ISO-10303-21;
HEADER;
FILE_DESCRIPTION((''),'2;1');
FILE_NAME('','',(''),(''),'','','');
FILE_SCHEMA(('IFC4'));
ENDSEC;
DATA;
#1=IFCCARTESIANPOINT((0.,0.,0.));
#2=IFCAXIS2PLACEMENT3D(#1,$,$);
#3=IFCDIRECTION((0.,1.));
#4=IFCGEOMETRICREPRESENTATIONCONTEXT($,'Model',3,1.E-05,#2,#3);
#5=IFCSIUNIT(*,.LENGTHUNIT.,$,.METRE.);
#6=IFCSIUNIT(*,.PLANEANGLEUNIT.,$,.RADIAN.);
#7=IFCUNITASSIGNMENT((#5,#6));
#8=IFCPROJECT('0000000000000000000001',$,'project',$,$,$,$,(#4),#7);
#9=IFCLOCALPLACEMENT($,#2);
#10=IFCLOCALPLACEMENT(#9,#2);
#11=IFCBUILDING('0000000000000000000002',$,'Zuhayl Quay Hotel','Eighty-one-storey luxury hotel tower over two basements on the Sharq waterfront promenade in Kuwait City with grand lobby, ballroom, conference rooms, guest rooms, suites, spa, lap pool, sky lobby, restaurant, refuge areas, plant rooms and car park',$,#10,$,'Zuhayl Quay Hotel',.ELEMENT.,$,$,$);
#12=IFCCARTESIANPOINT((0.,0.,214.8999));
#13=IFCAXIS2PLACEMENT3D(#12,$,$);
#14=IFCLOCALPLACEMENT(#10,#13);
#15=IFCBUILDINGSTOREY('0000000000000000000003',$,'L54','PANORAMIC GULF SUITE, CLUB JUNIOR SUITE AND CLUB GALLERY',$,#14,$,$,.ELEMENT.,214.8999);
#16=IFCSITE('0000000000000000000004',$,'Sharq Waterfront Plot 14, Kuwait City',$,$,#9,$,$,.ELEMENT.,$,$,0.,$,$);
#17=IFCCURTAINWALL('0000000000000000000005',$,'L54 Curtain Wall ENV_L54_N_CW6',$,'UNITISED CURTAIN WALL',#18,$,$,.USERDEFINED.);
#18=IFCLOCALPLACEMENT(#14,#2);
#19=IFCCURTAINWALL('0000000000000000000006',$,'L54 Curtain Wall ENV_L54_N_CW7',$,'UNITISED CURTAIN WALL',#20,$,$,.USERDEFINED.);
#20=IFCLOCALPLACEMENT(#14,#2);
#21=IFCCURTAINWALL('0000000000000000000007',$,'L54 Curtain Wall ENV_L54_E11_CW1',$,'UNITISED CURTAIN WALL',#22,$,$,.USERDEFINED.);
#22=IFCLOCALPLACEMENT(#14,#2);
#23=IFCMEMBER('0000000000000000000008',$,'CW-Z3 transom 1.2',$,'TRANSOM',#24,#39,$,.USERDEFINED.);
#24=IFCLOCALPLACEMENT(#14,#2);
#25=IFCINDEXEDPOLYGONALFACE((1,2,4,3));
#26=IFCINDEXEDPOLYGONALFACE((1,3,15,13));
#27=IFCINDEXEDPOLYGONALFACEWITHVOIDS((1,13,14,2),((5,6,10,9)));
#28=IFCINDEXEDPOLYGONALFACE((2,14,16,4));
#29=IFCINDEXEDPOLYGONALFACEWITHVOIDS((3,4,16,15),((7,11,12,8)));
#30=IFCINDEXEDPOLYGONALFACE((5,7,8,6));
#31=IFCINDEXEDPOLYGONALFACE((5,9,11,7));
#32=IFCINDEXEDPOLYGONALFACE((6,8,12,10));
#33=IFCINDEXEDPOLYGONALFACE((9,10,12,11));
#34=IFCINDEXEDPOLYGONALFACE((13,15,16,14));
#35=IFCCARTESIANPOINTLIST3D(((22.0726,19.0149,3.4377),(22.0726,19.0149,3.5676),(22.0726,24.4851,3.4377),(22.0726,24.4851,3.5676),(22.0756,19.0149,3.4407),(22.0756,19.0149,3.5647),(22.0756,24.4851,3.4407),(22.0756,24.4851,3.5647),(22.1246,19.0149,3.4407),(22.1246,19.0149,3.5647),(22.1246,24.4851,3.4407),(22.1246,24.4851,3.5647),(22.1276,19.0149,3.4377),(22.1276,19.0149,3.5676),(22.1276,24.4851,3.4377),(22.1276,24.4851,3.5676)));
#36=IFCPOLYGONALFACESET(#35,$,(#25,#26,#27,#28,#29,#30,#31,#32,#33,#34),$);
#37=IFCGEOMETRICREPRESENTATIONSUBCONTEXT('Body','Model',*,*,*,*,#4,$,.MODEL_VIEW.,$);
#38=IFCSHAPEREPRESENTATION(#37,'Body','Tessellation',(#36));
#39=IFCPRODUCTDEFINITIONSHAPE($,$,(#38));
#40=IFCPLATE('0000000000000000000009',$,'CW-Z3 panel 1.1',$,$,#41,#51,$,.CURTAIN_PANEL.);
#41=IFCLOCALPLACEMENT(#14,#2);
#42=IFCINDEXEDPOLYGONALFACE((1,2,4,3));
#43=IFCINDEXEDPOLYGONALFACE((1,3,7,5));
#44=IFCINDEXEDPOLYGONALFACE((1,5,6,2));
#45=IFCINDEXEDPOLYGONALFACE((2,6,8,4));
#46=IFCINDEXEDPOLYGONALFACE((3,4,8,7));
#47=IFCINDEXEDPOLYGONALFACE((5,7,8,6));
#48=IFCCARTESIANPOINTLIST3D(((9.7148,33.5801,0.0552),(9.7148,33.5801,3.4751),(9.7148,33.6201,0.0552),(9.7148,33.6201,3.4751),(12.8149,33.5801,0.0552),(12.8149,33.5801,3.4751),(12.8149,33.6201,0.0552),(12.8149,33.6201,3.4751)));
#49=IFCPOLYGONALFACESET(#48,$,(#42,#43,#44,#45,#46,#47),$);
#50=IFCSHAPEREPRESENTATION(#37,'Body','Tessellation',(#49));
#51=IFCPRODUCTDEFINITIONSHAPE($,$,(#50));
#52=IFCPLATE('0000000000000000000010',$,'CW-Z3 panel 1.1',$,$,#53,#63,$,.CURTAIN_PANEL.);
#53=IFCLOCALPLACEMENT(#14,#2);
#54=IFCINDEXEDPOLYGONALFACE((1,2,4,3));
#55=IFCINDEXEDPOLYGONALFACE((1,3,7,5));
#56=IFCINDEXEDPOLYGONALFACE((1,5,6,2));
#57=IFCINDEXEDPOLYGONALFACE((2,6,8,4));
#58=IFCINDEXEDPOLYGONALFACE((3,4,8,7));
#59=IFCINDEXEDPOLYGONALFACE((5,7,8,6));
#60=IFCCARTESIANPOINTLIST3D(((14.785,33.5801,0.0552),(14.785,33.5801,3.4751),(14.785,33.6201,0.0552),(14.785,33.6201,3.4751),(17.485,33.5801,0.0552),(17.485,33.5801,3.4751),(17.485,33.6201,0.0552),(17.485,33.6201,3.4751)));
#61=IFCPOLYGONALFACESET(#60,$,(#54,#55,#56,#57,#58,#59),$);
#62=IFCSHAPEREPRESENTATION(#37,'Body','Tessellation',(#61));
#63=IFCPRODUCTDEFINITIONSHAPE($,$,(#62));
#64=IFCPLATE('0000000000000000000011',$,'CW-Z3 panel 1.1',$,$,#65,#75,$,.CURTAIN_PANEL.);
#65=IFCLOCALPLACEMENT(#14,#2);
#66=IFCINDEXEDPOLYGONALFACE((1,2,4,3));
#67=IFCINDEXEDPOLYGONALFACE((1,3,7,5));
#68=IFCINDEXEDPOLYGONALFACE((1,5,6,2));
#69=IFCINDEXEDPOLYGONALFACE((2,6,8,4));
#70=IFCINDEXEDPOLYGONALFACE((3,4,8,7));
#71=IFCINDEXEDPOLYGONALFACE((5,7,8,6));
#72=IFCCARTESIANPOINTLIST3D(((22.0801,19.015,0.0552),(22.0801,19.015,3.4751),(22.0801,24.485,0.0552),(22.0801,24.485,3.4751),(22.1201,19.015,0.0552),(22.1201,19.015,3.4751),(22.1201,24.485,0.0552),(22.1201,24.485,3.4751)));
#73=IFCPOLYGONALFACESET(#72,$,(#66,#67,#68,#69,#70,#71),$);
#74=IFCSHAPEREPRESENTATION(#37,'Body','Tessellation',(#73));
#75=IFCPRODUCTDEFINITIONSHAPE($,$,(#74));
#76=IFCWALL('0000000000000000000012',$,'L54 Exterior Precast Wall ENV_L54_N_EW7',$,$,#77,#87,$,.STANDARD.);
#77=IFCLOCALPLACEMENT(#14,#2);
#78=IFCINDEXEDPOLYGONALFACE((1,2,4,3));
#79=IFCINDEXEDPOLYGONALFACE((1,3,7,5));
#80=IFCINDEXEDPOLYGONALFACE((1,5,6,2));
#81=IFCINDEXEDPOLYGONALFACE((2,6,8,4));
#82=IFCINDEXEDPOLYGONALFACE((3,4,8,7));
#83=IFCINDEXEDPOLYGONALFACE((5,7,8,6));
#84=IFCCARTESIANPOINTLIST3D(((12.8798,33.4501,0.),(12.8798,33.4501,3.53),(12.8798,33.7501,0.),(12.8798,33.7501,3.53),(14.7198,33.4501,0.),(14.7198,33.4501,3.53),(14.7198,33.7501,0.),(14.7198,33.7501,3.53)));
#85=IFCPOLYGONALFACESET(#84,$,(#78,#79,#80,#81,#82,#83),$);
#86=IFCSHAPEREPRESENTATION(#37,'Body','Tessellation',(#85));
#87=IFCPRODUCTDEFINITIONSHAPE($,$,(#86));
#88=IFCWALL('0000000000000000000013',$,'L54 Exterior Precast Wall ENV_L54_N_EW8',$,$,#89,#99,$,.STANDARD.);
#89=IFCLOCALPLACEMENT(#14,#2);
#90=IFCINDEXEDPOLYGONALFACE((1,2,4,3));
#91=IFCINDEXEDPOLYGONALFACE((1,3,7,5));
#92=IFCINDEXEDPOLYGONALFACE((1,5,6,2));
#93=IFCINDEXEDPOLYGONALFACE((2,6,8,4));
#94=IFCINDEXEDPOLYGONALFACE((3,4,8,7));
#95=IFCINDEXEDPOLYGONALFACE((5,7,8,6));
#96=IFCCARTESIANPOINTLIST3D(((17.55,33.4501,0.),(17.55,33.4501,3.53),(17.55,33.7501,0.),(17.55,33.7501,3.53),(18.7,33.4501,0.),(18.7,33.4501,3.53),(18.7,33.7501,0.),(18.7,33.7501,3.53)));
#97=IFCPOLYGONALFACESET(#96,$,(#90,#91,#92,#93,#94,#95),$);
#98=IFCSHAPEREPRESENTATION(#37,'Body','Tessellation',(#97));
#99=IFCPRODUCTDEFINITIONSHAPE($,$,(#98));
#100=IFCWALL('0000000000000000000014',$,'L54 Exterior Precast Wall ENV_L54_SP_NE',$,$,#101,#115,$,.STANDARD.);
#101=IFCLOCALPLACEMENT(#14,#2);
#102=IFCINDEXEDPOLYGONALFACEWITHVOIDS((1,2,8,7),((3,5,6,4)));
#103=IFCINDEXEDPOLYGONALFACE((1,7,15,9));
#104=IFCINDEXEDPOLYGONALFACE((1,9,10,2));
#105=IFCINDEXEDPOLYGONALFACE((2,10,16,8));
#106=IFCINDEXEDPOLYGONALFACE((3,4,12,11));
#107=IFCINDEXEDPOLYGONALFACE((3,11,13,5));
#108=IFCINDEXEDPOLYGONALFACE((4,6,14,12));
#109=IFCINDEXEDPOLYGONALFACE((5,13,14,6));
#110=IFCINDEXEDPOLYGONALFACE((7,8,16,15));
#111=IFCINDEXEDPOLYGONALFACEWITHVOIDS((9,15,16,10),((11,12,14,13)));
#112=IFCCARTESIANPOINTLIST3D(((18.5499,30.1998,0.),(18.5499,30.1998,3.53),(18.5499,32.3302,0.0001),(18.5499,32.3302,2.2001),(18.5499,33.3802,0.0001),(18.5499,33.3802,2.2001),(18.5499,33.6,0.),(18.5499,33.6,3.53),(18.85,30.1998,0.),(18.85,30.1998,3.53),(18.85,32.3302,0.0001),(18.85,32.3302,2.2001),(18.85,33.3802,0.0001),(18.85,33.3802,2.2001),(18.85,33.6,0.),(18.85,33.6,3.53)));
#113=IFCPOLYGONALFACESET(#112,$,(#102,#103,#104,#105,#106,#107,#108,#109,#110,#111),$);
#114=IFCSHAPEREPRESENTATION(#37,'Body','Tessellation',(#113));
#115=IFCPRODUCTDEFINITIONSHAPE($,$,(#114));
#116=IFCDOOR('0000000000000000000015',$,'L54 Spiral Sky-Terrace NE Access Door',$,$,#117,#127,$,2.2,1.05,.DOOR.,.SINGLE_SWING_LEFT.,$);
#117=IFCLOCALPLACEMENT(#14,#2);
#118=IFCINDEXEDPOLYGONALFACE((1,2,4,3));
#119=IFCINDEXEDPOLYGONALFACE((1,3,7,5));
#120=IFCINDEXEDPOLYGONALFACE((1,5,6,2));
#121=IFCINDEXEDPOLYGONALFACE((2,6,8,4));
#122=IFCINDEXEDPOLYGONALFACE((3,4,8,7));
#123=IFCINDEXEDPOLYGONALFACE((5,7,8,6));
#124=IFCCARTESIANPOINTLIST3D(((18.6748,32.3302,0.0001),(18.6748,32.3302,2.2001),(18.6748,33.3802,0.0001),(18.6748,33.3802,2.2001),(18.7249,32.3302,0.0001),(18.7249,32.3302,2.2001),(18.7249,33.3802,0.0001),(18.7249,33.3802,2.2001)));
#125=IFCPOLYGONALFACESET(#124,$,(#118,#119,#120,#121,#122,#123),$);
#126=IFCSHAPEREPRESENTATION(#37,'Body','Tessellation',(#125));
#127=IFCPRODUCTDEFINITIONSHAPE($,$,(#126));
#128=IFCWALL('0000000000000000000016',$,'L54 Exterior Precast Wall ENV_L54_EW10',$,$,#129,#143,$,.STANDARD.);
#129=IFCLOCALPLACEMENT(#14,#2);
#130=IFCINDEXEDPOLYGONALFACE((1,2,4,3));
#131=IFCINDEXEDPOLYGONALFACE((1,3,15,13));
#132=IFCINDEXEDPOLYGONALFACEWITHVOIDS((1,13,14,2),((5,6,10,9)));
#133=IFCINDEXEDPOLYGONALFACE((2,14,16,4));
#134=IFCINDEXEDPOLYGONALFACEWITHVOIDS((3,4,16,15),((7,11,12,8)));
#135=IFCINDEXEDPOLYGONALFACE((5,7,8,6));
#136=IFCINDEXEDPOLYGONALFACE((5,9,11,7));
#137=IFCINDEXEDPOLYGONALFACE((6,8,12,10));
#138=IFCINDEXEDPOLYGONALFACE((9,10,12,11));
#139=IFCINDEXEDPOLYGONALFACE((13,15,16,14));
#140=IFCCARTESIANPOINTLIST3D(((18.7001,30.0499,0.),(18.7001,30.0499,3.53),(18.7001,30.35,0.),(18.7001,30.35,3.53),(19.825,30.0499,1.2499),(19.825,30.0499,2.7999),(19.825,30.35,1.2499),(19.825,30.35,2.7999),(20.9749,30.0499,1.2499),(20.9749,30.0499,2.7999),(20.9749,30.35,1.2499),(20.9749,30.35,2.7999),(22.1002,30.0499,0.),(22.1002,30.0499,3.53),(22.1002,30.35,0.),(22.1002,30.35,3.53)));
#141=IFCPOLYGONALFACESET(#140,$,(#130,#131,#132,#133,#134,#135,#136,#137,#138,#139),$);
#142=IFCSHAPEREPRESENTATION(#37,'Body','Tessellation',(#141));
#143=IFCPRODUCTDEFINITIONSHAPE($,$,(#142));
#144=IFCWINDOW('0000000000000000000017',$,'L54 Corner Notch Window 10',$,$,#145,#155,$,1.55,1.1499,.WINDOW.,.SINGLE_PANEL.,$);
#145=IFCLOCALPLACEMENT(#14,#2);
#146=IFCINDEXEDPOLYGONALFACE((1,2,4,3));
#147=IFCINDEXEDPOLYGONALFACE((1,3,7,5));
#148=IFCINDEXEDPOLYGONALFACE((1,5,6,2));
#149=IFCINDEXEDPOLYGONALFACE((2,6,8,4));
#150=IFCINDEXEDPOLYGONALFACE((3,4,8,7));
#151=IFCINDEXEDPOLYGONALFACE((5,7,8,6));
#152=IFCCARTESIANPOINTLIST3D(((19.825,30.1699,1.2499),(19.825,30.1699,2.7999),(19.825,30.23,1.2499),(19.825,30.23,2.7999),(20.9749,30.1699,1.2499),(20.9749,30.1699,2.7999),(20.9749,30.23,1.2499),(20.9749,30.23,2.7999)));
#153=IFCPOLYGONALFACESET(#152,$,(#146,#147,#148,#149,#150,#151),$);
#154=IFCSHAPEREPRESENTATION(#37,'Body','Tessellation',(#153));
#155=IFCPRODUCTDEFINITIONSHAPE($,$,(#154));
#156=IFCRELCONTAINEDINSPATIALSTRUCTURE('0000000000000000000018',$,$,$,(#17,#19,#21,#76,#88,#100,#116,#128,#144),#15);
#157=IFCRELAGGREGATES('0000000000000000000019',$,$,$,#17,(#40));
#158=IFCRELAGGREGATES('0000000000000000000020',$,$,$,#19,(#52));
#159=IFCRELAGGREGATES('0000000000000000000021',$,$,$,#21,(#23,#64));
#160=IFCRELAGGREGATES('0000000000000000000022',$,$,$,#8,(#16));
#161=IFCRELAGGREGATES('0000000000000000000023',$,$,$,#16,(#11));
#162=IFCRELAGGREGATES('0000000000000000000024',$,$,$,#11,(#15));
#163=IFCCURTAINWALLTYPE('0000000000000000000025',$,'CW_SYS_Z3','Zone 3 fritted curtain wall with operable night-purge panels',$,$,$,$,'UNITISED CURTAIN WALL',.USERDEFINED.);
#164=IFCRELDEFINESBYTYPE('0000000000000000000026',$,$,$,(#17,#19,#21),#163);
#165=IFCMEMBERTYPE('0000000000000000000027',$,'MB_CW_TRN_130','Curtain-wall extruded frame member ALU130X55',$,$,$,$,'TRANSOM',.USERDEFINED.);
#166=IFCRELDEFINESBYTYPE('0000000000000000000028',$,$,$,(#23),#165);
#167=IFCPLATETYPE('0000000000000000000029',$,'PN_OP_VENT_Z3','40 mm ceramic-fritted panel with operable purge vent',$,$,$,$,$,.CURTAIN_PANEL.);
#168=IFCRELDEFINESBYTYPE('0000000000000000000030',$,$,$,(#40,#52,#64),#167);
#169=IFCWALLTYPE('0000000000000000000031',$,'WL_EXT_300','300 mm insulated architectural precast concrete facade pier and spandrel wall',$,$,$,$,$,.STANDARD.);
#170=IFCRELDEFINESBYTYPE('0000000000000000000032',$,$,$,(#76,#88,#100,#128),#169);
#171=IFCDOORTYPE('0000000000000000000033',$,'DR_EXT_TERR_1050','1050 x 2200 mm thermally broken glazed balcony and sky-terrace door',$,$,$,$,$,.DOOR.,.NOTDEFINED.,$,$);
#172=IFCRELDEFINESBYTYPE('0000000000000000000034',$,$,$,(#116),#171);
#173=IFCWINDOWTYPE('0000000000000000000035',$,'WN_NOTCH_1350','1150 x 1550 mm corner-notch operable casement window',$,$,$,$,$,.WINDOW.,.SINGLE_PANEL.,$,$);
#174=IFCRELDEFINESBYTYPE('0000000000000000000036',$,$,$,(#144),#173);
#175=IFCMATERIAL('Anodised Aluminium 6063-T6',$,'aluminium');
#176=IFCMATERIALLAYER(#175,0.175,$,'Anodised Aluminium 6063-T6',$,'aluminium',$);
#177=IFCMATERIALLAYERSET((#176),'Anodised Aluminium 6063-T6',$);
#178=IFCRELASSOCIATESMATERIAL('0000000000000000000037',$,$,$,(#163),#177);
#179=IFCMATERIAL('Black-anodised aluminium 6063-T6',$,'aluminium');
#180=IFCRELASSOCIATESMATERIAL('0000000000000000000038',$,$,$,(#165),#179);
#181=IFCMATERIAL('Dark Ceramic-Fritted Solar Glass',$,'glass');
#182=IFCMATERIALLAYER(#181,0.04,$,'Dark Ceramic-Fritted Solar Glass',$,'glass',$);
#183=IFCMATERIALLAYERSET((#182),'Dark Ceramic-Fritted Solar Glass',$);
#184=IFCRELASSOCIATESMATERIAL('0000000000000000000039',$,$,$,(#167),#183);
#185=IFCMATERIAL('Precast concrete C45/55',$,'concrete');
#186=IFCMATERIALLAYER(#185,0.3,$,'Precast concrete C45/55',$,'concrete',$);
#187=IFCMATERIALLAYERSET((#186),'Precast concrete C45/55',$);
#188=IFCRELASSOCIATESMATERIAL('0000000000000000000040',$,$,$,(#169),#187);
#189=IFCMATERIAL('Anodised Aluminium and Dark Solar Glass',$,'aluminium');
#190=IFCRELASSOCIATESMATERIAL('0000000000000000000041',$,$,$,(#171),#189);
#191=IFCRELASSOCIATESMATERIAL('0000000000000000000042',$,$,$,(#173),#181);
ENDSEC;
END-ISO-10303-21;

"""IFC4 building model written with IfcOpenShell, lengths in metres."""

from ifc_helpers import new_model, si_unit, direction, frame, frame_2d, origin, origin_2d, place, context, subcontext, project, spatial, rectangle, hollow_rectangle, extrude, material, layer, layer_set, material_profile, profile_set, type_object, element, fill, aggregate, save


model = new_model("IFC4")

# Units and contexts
model_context = context("Model", 3, precision=1e-05, world=origin(), true_north=direction((0.0, 1.0)))
body_context = subcontext(model_context, "Body", "Model", "MODEL_VIEW")
ifc_project = project(units=[si_unit("LENGTHUNIT", "METRE"), si_unit("PLANEANGLEUNIT", "RADIAN")], contexts=[model_context])

# Site, building, storey
site_placement = place(None, origin())
site = spatial("IfcSite", under=ifc_project, at=site_placement, Name="Sharq Waterfront Plot 14, Kuwait City", CompositionType="ELEMENT", RefElevation=0.0)
building_placement = place(site_placement, origin())
building = spatial("IfcBuilding", under=site, at=building_placement, Name="Zuhayl Quay Hotel", Description="Eighty-one-storey luxury hotel tower over two basements on the Sharq waterfront promenade in Kuwait City with grand lobby, ballroom, conference rooms, guest rooms, suites, spa, lap pool, sky lobby, restaurant, refuge areas, plant rooms and car park", LongName="Zuhayl Quay Hotel", CompositionType="ELEMENT")
storey_placement = place(building_placement, frame((0.0, 0.0, 214.8999)))
storey = spatial("IfcBuildingStorey", under=building, at=storey_placement, Name="L54", Description="PANORAMIC GULF SUITE, CLUB JUNIOR SUITE AND CLUB GALLERY", CompositionType="ELEMENT", Elevation=214.8999)

# Curtain wall
ifc_material_1 = material(Name="Anodised Aluminium 6063-T6", Category="aluminium")
ifc_layer_1 = layer(ifc_material_1, 0.175, Name="Anodised Aluminium 6063-T6", Category="aluminium")
ifc_layer_set_1 = layer_set([ifc_layer_1], Name="Anodised Aluminium 6063-T6")
curtain_wall_type = type_object("IfcCurtainWallType", Name="CW_SYS_Z3", Description="Zone 3 fritted curtain wall with operable night-purge panels", ElementType="UNITISED CURTAIN WALL", PredefinedType="USERDEFINED", material=ifc_layer_set_1)
curtain_wall_1_placement = place(storey_placement, origin())
curtain_wall_1 = element("IfcCurtainWall", 1, at=curtain_wall_1_placement, inside=storey, type_object=curtain_wall_type, Name="L54 Curtain Wall ENV_L54_N_CW6", ObjectType="UNITISED CURTAIN WALL", PredefinedType="USERDEFINED")
ifc_material_2 = material(Name="Black-anodised aluminium 6063-T6", Category="aluminium")

# Curtain walls
curtain_wall_2_placement = place(storey_placement, origin())
curtain_wall_2 = element("IfcCurtainWall", 2, at=curtain_wall_2_placement, inside=storey, type_object=curtain_wall_type, Name="L54 Curtain Wall ENV_L54_N_CW7", ObjectType="UNITISED CURTAIN WALL", PredefinedType="USERDEFINED")
curtain_wall_3_placement = place(storey_placement, origin())
curtain_wall_3 = element("IfcCurtainWall", 3, at=curtain_wall_3_placement, inside=storey, type_object=curtain_wall_type, Name="L54 Curtain Wall ENV_L54_E11_CW1", ObjectType="UNITISED CURTAIN WALL", PredefinedType="USERDEFINED")

# Member
ifc_material_profile_1 = material_profile(ifc_material_2, hollow_rectangle(XDim=0.0549, YDim=0.1299, WallThickness=0.0029, at=origin_2d()), Name="ALU130X55")
ifc_profile_set_1 = profile_set([ifc_material_profile_1], Name="Black-anodised aluminium 6063-T6")
member_type_1 = type_object("IfcMemberType", Name="MB_CW_TRN_130", Description="Curtain-wall extruded frame member ALU130X55", ElementType="TRANSOM", PredefinedType="USERDEFINED", material=ifc_profile_set_1)
member_1_placement = place(storey_placement, frame((22.1001, 24.4851, 3.5027), z_axis=(0.0, -1.0, 0.0), x_axis=(1.0, 0.0, 0.0)))
member_1 = element("IfcMember", 4, at=member_1_placement, type_object=member_type_1, Name="CW-Z3 transom 1.2", ObjectType="TRANSOM", PredefinedType="USERDEFINED", context=body_context, shape_type="SweptSolid", body=[
    extrude(hollow_rectangle(XDim=0.0549, YDim=0.1299, WallThickness=0.0029, at=origin_2d()), origin(), (0.0, 0.0, 1.0), 5.4702),
])

# Plates
ifc_material_3 = material(Name="Dark Ceramic-Fritted Solar Glass", Category="glass")
ifc_layer_2 = layer(ifc_material_3, 0.04, Name="Dark Ceramic-Fritted Solar Glass", Category="glass")
ifc_layer_set_2 = layer_set([ifc_layer_2], Name="Dark Ceramic-Fritted Solar Glass")
plate_type = type_object("IfcPlateType", Name="PN_OP_VENT_Z3", Description="40 mm ceramic-fritted panel with operable purge vent", PredefinedType="CURTAIN_PANEL", material=ifc_layer_set_2)
plate_1_placement = place(storey_placement, frame((11.2649, 33.6001, 0.0552), z_axis=(0.0, 0.0, 1.0), x_axis=(1.0, 0.0, 0.0)))
plate_1 = element("IfcPlate", 5, at=plate_1_placement, type_object=plate_type, Name="CW-Z3 panel 1.1", PredefinedType="CURTAIN_PANEL", context=body_context, shape_type="SweptSolid", body=[
    extrude(rectangle(XDim=3.1001, YDim=0.04, at=origin_2d()), origin(), (0.0, 0.0, 1.0), 3.4199),
])
aggregate(curtain_wall_1, [plate_1])
plate_2_placement = place(storey_placement, frame((16.135, 33.6001, 0.0552), z_axis=(0.0, 0.0, 1.0), x_axis=(1.0, 0.0, 0.0)))
plate_2 = element("IfcPlate", 6, at=plate_2_placement, type_object=plate_type, Name="CW-Z3 panel 1.1", PredefinedType="CURTAIN_PANEL", context=body_context, shape_type="SweptSolid", body=[
    extrude(rectangle(XDim=2.7, YDim=0.04, at=origin_2d()), origin(), (0.0, 0.0, 1.0), 3.4199),
])
aggregate(curtain_wall_2, [plate_2])
plate_3_placement = place(storey_placement, frame((22.1001, 21.75, 0.0552), z_axis=(0.0, 0.0, 1.0), x_axis=(0.0, -1.0, 0.0)))
plate_3 = element("IfcPlate", 7, at=plate_3_placement, type_object=plate_type, Name="CW-Z3 panel 1.1", PredefinedType="CURTAIN_PANEL", context=body_context, shape_type="SweptSolid", body=[
    extrude(rectangle(XDim=5.47, YDim=0.04, at=origin_2d()), origin(), (0.0, 0.0, 1.0), 3.4199),
])
aggregate(curtain_wall_3, [member_1, plate_3])

# Walls
ifc_material_4 = material(Name="Precast concrete C45/55", Category="concrete")
ifc_layer_3 = layer(ifc_material_4, 0.3, Name="Precast concrete C45/55", Category="concrete")
ifc_layer_set_3 = layer_set([ifc_layer_3], Name="Precast concrete C45/55")
wall_type_1 = type_object("IfcWallType", Name="WL_EXT_300", Description="300 mm insulated architectural precast concrete facade pier and spandrel wall", PredefinedType="STANDARD", material=ifc_layer_set_3)
wall_1_placement = place(storey_placement, frame((12.8799, 33.6001, 0.0), z_axis=(0.0, 0.0, 1.0), x_axis=(1.0, 0.0, 0.0)))
element("IfcWall", 8, at=wall_1_placement, inside=storey, type_object=wall_type_1, Name="L54 Exterior Precast Wall ENV_L54_N_EW7", PredefinedType="STANDARD", context=body_context, shape_type="SweptSolid", body=[
    extrude(rectangle(XDim=1.8401, YDim=0.3, at=frame_2d((0.9199, 0.0))), origin(), (0.0, 0.0, 1.0), 3.53),
])
wall_2_placement = place(storey_placement, frame((17.55, 33.6001, 0.0), z_axis=(0.0, 0.0, 1.0), x_axis=(1.0, 0.0, 0.0)))
element("IfcWall", 9, at=wall_2_placement, inside=storey, type_object=wall_type_1, Name="L54 Exterior Precast Wall ENV_L54_N_EW8", PredefinedType="STANDARD", context=body_context, shape_type="SweptSolid", body=[
    extrude(rectangle(XDim=1.1499, YDim=0.3, at=frame_2d((0.575, 0.0))), origin(), (0.0, 0.0, 1.0), 3.53),
])

# Wall, opening, door
wall_3_placement = place(storey_placement, frame((18.7, 33.6001, 0.0), z_axis=(0.0, 0.0, 1.0), x_axis=(0.0, -1.0, 0.0)))
wall_3 = element("IfcWall", 10, at=wall_3_placement, inside=storey, type_object=wall_type_1, Name="L54 Exterior Precast Wall ENV_L54_SP_NE", PredefinedType="STANDARD", context=body_context, shape_type="SweptSolid", body=[
    extrude(rectangle(XDim=3.4001, YDim=0.3, at=frame_2d((1.7002, 0.0))), origin(), (0.0, 0.0, 1.0), 3.53),
])
opening_1_placement = place(wall_3_placement, frame((0.22, 0.0, 0.0)))
opening_1 = element("IfcOpeningElement", 11, at=opening_1_placement, cuts=wall_3, PredefinedType="OPENING", context=body_context, shape_type="SweptSolid", body=[
    extrude(rectangle(XDim=1.05, YDim=2.2, at=frame_2d((0.5249, 1.1001))), frame((0.0, 0.1599, 0.0), z_axis=(0.0, -1.0, 0.0), x_axis=(1.0, 0.0, 0.0)), (0.0, 0.0, 1.0), 0.3201),
])
ifc_material_5 = material(Name="Anodised Aluminium and Dark Solar Glass", Category="aluminium")
door_type_1 = type_object("IfcDoorType", Name="DR_EXT_TERR_1050", Description="1050 x 2200 mm thermally broken glazed balcony and sky-terrace door", OperationType="NOTDEFINED", PredefinedType="DOOR", material=ifc_material_5)
door_1_placement = place(opening_1_placement, origin())
door_1 = element("IfcDoor", 12, at=door_1_placement, inside=storey, type_object=door_type_1, Name="L54 Spiral Sky-Terrace NE Access Door", OperationType="SINGLE_SWING_LEFT", OverallHeight=2.2, OverallWidth=1.05, PredefinedType="DOOR", context=body_context, shape_type="SweptSolid", body=[
    extrude(rectangle(XDim=1.05, YDim=2.2, at=frame_2d((0.5249, 1.1001))), frame((0.0, 0.0249, 0.0), z_axis=(0.0, -1.0, 0.0), x_axis=(1.0, 0.0, 0.0)), (0.0, 0.0, 1.0), 0.05),
])
fill(opening_1, door_1)

# Wall, opening, window
wall_4_placement = place(storey_placement, frame((18.7, 30.2, 0.0), z_axis=(0.0, 0.0, 1.0), x_axis=(1.0, 0.0, 0.0)))
wall_4 = element("IfcWall", 13, at=wall_4_placement, inside=storey, type_object=wall_type_1, Name="L54 Exterior Precast Wall ENV_L54_EW10", PredefinedType="STANDARD", context=body_context, shape_type="SweptSolid", body=[
    extrude(rectangle(XDim=3.4001, YDim=0.3, at=frame_2d((1.7002, 0.0))), origin(), (0.0, 0.0, 1.0), 3.53),
])
opening_2_placement = place(wall_4_placement, frame((1.125, 0.0, 1.25)))
opening_2 = element("IfcOpeningElement", 14, at=opening_2_placement, cuts=wall_4, PredefinedType="OPENING", context=body_context, shape_type="SweptSolid", body=[
    extrude(rectangle(XDim=1.1499, YDim=1.55, at=frame_2d((0.575, 0.7749))), frame((0.0, 0.1599, 0.0), z_axis=(0.0, -1.0, 0.0), x_axis=(1.0, 0.0, 0.0)), (0.0, 0.0, 1.0), 0.3201),
])
window_type_1 = type_object("IfcWindowType", Name="WN_NOTCH_1350", Description="1150 x 1550 mm corner-notch operable casement window", PartitioningType="SINGLE_PANEL", PredefinedType="WINDOW", material=ifc_material_3)
window_1_placement = place(opening_2_placement, origin())
window_1 = element("IfcWindow", 15, at=window_1_placement, inside=storey, type_object=window_type_1, Name="L54 Corner Notch Window 10", OverallHeight=1.55, OverallWidth=1.1499, PartitioningType="SINGLE_PANEL", PredefinedType="WINDOW", context=body_context, shape_type="SweptSolid", body=[
    extrude(rectangle(XDim=1.1499, YDim=1.55, at=frame_2d((0.575, 0.7749))), frame((0.0, 0.03, 0.0), z_axis=(0.0, -1.0, 0.0), x_axis=(1.0, 0.0, 0.0)), (0.0, 0.0, 1.0), 0.0601),
])
fill(opening_2, window_1)

save(model, "model.ifc")
